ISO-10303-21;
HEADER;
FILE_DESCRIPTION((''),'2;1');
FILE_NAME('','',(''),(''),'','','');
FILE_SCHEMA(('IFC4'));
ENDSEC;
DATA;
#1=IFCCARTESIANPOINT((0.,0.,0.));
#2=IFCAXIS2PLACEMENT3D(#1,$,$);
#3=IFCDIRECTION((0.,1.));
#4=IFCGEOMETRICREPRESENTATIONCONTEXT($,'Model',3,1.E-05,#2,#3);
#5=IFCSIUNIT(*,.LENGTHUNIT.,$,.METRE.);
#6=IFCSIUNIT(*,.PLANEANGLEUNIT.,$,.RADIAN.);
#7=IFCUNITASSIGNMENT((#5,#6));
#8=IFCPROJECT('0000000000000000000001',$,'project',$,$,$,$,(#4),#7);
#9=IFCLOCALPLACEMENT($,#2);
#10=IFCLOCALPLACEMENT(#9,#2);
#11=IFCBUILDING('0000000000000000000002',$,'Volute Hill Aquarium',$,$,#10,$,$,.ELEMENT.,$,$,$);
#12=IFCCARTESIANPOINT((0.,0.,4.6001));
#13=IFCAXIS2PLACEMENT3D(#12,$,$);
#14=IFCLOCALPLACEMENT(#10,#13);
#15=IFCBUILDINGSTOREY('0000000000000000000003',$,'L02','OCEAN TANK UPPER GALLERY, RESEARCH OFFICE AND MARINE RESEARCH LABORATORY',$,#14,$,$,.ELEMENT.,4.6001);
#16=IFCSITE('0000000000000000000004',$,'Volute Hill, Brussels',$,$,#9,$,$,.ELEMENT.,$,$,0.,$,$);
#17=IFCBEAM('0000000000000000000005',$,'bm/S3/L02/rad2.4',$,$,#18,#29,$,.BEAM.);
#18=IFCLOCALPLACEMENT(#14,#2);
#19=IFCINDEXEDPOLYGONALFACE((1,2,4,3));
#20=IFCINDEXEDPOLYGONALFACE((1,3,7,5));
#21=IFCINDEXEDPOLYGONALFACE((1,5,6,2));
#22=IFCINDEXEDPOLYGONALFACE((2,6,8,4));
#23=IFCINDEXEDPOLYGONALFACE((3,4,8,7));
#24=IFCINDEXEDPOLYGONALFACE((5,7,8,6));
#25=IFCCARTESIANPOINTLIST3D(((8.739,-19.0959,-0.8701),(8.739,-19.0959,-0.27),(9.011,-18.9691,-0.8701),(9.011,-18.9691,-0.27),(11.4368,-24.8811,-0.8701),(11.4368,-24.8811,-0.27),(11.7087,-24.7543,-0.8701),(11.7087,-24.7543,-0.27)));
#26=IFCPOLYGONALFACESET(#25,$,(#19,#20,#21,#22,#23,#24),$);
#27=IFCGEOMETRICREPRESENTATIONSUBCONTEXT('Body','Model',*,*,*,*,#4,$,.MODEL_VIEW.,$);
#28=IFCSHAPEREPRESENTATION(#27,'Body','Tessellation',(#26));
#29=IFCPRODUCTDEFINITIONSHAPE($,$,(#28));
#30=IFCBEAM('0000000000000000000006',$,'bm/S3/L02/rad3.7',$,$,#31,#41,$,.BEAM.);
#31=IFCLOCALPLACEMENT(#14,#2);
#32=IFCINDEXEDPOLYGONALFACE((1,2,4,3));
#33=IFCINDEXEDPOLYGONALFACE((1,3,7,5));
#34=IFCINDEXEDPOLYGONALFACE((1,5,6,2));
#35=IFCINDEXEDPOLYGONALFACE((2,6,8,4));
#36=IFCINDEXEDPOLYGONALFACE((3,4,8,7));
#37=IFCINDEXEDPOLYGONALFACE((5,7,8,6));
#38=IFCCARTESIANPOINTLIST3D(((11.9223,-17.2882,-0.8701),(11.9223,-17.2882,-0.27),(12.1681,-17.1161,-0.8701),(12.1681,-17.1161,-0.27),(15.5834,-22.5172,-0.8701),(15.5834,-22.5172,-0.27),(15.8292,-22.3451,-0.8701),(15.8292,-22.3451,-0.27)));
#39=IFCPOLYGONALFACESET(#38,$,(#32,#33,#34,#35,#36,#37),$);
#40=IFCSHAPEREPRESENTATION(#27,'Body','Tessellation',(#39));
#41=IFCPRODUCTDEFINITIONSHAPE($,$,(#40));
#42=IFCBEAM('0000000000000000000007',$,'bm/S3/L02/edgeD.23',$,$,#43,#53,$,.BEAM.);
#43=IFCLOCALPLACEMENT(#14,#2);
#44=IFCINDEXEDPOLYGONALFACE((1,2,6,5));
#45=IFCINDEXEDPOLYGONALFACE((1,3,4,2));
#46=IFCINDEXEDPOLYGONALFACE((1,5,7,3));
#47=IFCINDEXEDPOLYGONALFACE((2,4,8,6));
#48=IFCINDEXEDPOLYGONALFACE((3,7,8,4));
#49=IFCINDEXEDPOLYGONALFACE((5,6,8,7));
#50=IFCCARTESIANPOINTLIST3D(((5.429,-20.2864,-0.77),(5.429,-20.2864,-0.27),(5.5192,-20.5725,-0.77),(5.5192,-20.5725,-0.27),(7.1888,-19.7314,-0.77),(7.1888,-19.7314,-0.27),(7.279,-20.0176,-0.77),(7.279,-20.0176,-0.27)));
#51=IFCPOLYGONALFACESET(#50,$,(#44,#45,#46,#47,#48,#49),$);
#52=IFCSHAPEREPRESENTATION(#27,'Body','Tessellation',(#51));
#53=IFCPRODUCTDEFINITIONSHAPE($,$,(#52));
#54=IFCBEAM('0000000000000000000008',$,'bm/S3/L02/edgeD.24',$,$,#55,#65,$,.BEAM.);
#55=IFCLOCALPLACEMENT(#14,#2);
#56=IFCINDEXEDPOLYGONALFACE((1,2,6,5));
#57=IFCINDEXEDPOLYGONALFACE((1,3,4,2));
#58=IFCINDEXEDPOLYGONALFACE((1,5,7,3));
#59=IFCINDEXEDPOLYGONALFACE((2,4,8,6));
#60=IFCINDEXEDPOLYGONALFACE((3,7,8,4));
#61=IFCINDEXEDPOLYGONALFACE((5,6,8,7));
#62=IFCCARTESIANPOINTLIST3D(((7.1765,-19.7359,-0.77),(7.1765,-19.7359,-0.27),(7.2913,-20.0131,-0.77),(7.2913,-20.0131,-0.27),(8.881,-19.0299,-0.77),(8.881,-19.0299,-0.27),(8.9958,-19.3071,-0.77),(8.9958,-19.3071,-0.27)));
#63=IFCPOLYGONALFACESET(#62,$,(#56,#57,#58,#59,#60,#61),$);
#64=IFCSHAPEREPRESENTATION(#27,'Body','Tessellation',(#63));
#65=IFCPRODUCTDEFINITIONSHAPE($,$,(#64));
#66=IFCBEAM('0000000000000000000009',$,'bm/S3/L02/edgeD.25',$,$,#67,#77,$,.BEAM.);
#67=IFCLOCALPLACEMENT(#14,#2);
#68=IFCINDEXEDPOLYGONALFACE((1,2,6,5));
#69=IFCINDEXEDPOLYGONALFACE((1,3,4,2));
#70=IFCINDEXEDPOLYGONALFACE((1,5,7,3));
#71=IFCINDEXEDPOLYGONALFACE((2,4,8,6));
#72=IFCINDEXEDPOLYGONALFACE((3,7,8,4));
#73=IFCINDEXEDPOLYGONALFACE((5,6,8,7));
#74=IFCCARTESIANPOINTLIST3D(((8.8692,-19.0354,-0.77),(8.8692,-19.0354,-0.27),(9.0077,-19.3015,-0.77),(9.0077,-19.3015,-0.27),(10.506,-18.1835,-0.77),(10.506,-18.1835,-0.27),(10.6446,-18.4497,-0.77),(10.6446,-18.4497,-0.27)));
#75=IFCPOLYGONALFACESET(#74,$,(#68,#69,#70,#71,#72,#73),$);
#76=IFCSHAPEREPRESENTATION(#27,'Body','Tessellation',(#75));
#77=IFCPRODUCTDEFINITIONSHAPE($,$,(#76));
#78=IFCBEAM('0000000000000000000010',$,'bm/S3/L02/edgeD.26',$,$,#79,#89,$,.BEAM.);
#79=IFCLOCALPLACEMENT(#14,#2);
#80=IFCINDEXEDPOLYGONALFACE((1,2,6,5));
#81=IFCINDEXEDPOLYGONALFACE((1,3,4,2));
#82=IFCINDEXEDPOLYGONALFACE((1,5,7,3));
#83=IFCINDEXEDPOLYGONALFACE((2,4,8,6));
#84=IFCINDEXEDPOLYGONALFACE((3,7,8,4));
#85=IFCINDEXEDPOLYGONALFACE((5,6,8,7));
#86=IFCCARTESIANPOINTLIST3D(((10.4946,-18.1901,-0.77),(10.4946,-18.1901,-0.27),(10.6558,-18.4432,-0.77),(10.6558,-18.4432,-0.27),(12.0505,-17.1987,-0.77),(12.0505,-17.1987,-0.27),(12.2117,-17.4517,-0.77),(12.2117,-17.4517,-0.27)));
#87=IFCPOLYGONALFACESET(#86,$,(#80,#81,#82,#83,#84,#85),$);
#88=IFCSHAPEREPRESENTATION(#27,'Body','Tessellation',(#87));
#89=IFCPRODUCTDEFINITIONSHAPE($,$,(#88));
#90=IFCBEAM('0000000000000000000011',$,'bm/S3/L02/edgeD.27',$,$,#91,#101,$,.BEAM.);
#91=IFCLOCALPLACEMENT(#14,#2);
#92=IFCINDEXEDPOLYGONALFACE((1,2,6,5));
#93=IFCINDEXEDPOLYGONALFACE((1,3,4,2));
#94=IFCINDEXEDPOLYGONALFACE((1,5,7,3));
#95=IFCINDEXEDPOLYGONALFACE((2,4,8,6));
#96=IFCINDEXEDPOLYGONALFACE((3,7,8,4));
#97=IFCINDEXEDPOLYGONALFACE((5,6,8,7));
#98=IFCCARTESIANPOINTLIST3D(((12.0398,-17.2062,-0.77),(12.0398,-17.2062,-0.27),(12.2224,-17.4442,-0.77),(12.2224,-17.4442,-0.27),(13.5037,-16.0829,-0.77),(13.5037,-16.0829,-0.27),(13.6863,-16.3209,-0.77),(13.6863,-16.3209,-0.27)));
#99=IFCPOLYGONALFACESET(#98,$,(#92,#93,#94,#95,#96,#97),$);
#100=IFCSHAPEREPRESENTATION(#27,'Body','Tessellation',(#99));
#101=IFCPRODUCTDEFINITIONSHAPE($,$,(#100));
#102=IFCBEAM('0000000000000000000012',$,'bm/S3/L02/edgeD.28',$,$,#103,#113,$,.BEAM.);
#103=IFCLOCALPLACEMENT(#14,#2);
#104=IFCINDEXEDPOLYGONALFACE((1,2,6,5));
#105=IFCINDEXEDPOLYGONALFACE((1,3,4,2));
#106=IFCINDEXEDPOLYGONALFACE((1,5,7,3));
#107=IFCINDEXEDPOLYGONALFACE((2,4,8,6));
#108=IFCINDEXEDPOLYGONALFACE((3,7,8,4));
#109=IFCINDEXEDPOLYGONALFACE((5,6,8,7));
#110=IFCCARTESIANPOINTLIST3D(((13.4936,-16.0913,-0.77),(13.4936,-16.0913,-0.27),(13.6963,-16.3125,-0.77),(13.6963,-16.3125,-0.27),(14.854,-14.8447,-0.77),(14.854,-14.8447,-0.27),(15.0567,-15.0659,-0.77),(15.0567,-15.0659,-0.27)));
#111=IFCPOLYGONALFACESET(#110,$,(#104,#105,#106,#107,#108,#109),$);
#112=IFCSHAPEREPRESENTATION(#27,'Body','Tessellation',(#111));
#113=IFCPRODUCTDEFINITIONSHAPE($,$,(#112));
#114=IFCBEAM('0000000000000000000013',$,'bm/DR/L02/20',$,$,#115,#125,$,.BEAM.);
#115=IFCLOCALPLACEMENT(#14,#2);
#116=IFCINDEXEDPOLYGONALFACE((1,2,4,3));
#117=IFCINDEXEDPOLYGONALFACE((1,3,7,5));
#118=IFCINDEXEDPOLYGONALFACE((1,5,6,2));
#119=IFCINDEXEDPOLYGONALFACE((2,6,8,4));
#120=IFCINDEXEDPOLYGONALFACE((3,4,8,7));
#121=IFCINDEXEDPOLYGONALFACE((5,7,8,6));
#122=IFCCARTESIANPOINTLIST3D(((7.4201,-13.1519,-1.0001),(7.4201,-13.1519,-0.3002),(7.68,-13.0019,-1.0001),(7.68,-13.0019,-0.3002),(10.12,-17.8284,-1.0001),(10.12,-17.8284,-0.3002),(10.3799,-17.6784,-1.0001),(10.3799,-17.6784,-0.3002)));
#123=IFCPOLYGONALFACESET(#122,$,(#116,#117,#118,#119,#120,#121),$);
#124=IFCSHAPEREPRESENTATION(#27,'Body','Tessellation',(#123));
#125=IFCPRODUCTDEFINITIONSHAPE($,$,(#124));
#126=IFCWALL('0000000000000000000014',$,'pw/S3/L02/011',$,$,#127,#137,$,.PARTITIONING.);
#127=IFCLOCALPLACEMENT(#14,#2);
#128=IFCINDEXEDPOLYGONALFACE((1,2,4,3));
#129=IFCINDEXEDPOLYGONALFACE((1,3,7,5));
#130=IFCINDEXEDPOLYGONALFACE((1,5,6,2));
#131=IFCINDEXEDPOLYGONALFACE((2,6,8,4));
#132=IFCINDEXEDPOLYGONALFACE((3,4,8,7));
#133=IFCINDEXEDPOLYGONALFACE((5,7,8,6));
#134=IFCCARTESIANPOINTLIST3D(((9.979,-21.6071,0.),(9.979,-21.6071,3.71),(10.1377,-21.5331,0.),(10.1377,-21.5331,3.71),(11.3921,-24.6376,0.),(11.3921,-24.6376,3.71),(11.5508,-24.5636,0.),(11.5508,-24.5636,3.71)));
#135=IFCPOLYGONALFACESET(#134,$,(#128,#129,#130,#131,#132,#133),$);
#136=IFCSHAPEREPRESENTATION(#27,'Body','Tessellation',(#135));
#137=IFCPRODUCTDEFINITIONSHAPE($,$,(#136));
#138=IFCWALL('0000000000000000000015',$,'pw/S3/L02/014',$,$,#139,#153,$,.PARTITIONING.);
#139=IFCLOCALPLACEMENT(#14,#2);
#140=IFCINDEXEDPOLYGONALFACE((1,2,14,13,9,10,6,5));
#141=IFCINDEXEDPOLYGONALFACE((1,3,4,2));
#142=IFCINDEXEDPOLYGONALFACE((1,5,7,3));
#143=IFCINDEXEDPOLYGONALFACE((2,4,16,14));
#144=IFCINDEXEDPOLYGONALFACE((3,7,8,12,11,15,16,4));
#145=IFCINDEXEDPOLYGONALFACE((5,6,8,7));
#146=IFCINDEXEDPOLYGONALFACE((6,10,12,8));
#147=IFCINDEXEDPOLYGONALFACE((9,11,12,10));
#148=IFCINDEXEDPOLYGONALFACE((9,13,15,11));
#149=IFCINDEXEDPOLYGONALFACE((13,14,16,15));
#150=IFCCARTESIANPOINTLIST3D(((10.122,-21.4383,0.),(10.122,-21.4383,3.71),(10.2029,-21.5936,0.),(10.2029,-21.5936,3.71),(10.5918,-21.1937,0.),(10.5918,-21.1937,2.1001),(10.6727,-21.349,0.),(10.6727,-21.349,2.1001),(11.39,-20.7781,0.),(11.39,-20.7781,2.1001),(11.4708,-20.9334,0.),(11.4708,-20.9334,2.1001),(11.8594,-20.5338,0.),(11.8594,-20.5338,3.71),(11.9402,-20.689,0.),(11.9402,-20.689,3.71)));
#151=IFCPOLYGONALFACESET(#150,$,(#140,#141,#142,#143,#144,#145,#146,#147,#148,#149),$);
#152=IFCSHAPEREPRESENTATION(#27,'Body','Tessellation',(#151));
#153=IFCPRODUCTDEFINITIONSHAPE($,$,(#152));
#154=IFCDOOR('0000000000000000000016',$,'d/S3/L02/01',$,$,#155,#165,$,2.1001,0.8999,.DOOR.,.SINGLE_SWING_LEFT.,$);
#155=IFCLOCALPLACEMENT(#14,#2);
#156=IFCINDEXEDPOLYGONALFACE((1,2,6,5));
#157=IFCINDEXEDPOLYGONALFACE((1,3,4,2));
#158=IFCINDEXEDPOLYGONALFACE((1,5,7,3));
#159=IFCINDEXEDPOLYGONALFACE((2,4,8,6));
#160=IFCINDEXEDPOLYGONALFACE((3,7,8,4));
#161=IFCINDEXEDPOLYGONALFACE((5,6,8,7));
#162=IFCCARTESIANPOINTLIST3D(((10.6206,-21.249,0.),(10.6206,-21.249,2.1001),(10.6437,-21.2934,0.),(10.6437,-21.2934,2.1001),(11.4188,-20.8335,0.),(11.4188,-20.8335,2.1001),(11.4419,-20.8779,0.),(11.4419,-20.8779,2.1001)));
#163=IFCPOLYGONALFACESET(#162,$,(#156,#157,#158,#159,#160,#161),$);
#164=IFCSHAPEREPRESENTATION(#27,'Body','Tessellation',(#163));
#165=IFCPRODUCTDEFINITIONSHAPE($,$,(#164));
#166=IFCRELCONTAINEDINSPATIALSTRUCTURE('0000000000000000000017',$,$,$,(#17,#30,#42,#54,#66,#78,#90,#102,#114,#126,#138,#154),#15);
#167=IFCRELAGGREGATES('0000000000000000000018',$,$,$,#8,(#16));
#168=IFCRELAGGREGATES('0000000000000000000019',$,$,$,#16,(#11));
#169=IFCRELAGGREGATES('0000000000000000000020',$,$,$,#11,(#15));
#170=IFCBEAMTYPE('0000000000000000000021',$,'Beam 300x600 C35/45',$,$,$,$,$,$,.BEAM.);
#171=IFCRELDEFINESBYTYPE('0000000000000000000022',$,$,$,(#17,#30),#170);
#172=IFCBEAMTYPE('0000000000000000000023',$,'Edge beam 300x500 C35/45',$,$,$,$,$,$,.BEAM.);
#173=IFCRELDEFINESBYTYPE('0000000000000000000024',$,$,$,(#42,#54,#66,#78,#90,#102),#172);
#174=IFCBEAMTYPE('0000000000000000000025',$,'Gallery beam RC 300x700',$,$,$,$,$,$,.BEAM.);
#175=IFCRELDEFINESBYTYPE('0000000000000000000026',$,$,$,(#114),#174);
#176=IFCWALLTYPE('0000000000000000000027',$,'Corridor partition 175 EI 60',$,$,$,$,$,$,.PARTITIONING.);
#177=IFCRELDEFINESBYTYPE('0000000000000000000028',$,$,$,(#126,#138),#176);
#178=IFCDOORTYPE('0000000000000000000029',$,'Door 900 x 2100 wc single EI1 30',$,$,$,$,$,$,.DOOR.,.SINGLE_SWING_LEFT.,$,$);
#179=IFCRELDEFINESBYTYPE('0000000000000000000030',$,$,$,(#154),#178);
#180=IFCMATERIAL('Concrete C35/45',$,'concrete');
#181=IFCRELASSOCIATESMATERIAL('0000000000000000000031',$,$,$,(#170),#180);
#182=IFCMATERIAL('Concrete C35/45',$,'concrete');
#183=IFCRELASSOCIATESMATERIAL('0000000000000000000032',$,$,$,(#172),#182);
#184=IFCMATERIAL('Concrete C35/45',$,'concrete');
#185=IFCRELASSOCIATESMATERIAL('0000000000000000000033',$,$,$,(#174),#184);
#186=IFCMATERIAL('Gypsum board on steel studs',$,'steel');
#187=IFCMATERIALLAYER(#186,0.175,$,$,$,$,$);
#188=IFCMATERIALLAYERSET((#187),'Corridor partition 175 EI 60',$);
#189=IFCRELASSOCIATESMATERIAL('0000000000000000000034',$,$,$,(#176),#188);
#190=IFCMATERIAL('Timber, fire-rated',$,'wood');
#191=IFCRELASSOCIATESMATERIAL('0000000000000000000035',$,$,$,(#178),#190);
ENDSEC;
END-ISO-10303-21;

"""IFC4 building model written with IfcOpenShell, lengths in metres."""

from ifc_helpers import new_model, si_unit, direction, frame, frame_2d, origin, origin_2d, place, context, subcontext, project, spatial, rectangle, extrude, material, layer, layer_set, material_profile, profile_set, type_object, element, fill, save


model = new_model("IFC4")

# Units and contexts
model_context = context("Model", 3, precision=1e-05, world=origin(), true_north=direction((0.0, 1.0)))
body_context = subcontext(model_context, "Body", "Model", "MODEL_VIEW")
ifc_project = project(units=[si_unit("LENGTHUNIT", "METRE"), si_unit("PLANEANGLEUNIT", "RADIAN")], contexts=[model_context])

# Site, building, storey
site_placement = place(None, origin())
site = spatial("IfcSite", under=ifc_project, at=site_placement, Name="Volute Hill, Brussels", CompositionType="ELEMENT", RefElevation=0.0)
building_placement = place(site_placement, origin())
building = spatial("IfcBuilding", under=site, at=building_placement, Name="Volute Hill Aquarium", CompositionType="ELEMENT")
storey_placement = place(building_placement, frame((0.0, 0.0, 4.6001)))
storey = spatial("IfcBuildingStorey", under=building, at=storey_placement, Name="L02", Description="OCEAN TANK UPPER GALLERY, RESEARCH OFFICE AND MARINE RESEARCH LABORATORY", CompositionType="ELEMENT", Elevation=4.6001)

# Beams
ifc_material_1 = material(Name="Concrete C35/45", Category="concrete")
ifc_material_profile_1 = material_profile(ifc_material_1, rectangle(XDim=0.3, YDim=0.6001, at=origin_2d()), Name="RC beam 300x600")
ifc_profile_set_1 = profile_set([ifc_material_profile_1], Name="Concrete C35/45")
beam_type_1 = type_object("IfcBeamType", Name="Beam 300x600 C35/45", PredefinedType="BEAM", material=ifc_profile_set_1)
for number, where, z_axis, x_axis, name in (
    (1, (8.875, -19.0325, -0.5701), (0.42263, -0.906302, 0.0), (0.906302, 0.42263, 0.0), "bm/S3/L02/rad2.4"),
    (2, (12.0452, -17.2021, -0.5701), (0.57355, -0.819171, 0.0), (0.819171, 0.57355, 0.0), "bm/S3/L02/rad3.7"),
):
    element("IfcBeam", number, at=place(storey_placement, frame(where, z_axis=z_axis, x_axis=x_axis)), inside=storey, type_object=beam_type_1, Name=name, PredefinedType="BEAM", context=body_context, shape_type="SweptSolid", body=[
        extrude(rectangle(XDim=0.3, YDim=0.6001, at=origin_2d()), origin(), (0.0, 0.0, 1.0), 6.3833),
    ])
ifc_material_2 = material(Name="Concrete C35/45", Category="concrete")
ifc_material_profile_2 = material_profile(ifc_material_2, rectangle(XDim=0.3, YDim=0.5, at=origin_2d()), Name="RC edge beam 300x500")
ifc_profile_set_2 = profile_set([ifc_material_profile_2], Name="Concrete C35/45")
beam_type_2 = type_object("IfcBeamType", Name="Edge beam 300x500 C35/45", PredefinedType="BEAM", material=ifc_profile_set_2)
beam_1_placement = place(storey_placement, frame((5.4741, -20.4294, -0.52), z_axis=(0.953705, 0.300745, 0.0), x_axis=(-0.300745, 0.953705, 0.0)))
element("IfcBeam", 3, at=beam_1_placement, inside=storey, type_object=beam_type_2, Name="bm/S3/L02/edgeD.23", PredefinedType="BEAM", context=body_context, shape_type="SweptSolid", body=[
    extrude(rectangle(XDim=0.3, YDim=0.5, at=origin_2d()), origin(), (0.0, 0.0, 1.0), 1.8452),
])
beam_2_placement = place(storey_placement, frame((7.2339, -19.8745, -0.52), z_axis=(0.923881, 0.382679, 0.0), x_axis=(-0.382679, 0.923881, 0.0)))
element("IfcBeam", 4, at=beam_2_placement, inside=storey, type_object=beam_type_2, Name="bm/S3/L02/edgeD.24", PredefinedType="BEAM", context=body_context, shape_type="SweptSolid", body=[
    extrude(rectangle(XDim=0.3, YDim=0.5, at=origin_2d()), origin(), (0.0, 0.0, 1.0), 1.845),
])
beam_3_placement = place(storey_placement, frame((8.9385, -19.1685, -0.52), z_axis=(0.887059, 0.461657, 0.0), x_axis=(-0.461657, 0.887059, 0.0)))
element("IfcBeam", 5, at=beam_3_placement, inside=storey, type_object=beam_type_2, Name="bm/S3/L02/edgeD.25", PredefinedType="BEAM", context=body_context, shape_type="SweptSolid", body=[
    extrude(rectangle(XDim=0.3, YDim=0.5, at=origin_2d()), origin(), (0.0, 0.0, 1.0), 1.8452),
])
beam_4_placement = place(storey_placement, frame((10.5752, -18.3167, -0.52), z_axis=(0.843334, 0.537389, 0.0), x_axis=(-0.537389, 0.843334, 0.0)))
element("IfcBeam", 6, at=beam_4_placement, inside=storey, type_object=beam_type_2, Name="bm/S3/L02/edgeD.26", PredefinedType="BEAM", context=body_context, shape_type="SweptSolid", body=[
    extrude(rectangle(XDim=0.3, YDim=0.5, at=origin_2d()), origin(), (0.0, 0.0, 1.0), 1.845),
])
for number, where, z_axis, x_axis, name in (
    (7, (12.1311, -17.3252, -0.52), (0.793346, 0.60877, 0.0), (-0.60877, 0.793346, 0.0), "bm/S3/L02/edgeD.27"),
    (8, (13.595, -16.2019, -0.52), (0.737264, 0.675605, 0.0), (-0.675605, 0.737264, 0.0), "bm/S3/L02/edgeD.28"),
):
    element("IfcBeam", number, at=place(storey_placement, frame(where, z_axis=z_axis, x_axis=x_axis)), inside=storey, type_object=beam_type_2, Name=name, PredefinedType="BEAM", context=body_context, shape_type="SweptSolid", body=[
        extrude(rectangle(XDim=0.3, YDim=0.5, at=origin_2d()), origin(), (0.0, 0.0, 1.0), 1.8452),
    ])
ifc_material_3 = material(Name="Concrete C35/45", Category="concrete")
ifc_material_profile_3 = material_profile(ifc_material_3, rectangle(XDim=0.3, YDim=0.7, at=origin_2d()), Name="RC beam 300x700")
ifc_profile_set_3 = profile_set([ifc_material_profile_3], Name="Concrete C35/45")
beam_type_3 = type_object("IfcBeamType", Name="Gallery beam RC 300x700", PredefinedType="BEAM", material=ifc_profile_set_3)
beam_5_placement = place(storey_placement, frame((7.55, -13.0769, -0.6501), z_axis=(0.499995, -0.866028, 0.0), x_axis=(0.866028, 0.499995, 0.0)))
element("IfcBeam", 9, at=beam_5_placement, inside=storey, type_object=beam_type_3, Name="bm/DR/L02/20", PredefinedType="BEAM", context=body_context, shape_type="SweptSolid", body=[
    extrude(rectangle(XDim=0.3, YDim=0.7, at=origin_2d()), origin(), (0.0, 0.0, 1.0), 5.3999),
])

# Wall
ifc_material_4 = material(Name="Gypsum board on steel studs", Category="steel")
ifc_layer_1 = layer(ifc_material_4, 0.175)
ifc_layer_set_1 = layer_set([ifc_layer_1], Name="Corridor partition 175 EI 60")
wall_type_1 = type_object("IfcWallType", Name="Corridor partition 175 EI 60", PredefinedType="PARTITIONING", material=ifc_layer_set_1)
wall_1_placement = place(storey_placement, frame((11.4714, -24.6006, 0.0), z_axis=(0.0, 0.0, 1.0), x_axis=(-0.422602, 0.906316, 0.0)))
element("IfcWall", 10, at=wall_1_placement, inside=storey, type_object=wall_type_1, Name="pw/S3/L02/011", PredefinedType="PARTITIONING", context=body_context, shape_type="SweptSolid", body=[
    extrude(rectangle(XDim=3.3438, YDim=0.175, at=frame_2d((1.6719, 0.0))), origin(), (0.0, 0.0, 1.0), 3.71),
])

# Wall, opening, door
wall_2_placement = place(storey_placement, frame((11.8999, -20.6113, 0.0), z_axis=(0.0, 0.0, 1.0), x_axis=(-0.886978, -0.461812, 0.0)))
wall_2 = element("IfcWall", 11, at=wall_2_placement, inside=storey, type_object=wall_type_1, Name="pw/S3/L02/014", PredefinedType="PARTITIONING", context=body_context, shape_type="SweptSolid", body=[
    extrude(rectangle(XDim=1.9587, YDim=0.175, at=frame_2d((0.9795, 0.0))), origin(), (0.0, 0.0, 1.0), 3.71),
])
opening_1_placement = place(wall_2_placement, frame((0.5293, 0.0, 0.0)))
opening_1 = element("IfcOpeningElement", 12, at=opening_1_placement, cuts=wall_2, PredefinedType="OPENING", context=body_context, shape_type="SweptSolid", body=[
    extrude(rectangle(XDim=0.8999, YDim=2.1001, at=frame_2d((0.45, 1.05))), frame((0.0, 0.0974, 0.0), z_axis=(0.0, -1.0, 0.0), x_axis=(1.0, 0.0, 0.0)), (0.0, 0.0, 1.0), 0.1951),
])
ifc_material_5 = material(Name="Timber, fire-rated", Category="wood")
door_type_1 = type_object("IfcDoorType", Name="Door 900 x 2100 wc single EI1 30", OperationType="SINGLE_SWING_LEFT", PredefinedType="DOOR", material=ifc_material_5)
door_1_placement = place(opening_1_placement, origin())
door_1 = element("IfcDoor", 13, at=door_1_placement, inside=storey, type_object=door_type_1, Name="d/S3/L02/01", OperationType="SINGLE_SWING_LEFT", OverallHeight=2.1001, OverallWidth=0.8999, PredefinedType="DOOR", context=body_context, shape_type="SweptSolid", body=[
    extrude(rectangle(XDim=0.8999, YDim=2.1001, at=frame_2d((0.45, 1.05))), frame((0.0, 0.0249, 0.0), z_axis=(0.0, -1.0, 0.0), x_axis=(1.0, 0.0, 0.0)), (0.0, 0.0, 1.0), 0.05),
])
fill(opening_1, door_1)

save(model, "model.ifc")
